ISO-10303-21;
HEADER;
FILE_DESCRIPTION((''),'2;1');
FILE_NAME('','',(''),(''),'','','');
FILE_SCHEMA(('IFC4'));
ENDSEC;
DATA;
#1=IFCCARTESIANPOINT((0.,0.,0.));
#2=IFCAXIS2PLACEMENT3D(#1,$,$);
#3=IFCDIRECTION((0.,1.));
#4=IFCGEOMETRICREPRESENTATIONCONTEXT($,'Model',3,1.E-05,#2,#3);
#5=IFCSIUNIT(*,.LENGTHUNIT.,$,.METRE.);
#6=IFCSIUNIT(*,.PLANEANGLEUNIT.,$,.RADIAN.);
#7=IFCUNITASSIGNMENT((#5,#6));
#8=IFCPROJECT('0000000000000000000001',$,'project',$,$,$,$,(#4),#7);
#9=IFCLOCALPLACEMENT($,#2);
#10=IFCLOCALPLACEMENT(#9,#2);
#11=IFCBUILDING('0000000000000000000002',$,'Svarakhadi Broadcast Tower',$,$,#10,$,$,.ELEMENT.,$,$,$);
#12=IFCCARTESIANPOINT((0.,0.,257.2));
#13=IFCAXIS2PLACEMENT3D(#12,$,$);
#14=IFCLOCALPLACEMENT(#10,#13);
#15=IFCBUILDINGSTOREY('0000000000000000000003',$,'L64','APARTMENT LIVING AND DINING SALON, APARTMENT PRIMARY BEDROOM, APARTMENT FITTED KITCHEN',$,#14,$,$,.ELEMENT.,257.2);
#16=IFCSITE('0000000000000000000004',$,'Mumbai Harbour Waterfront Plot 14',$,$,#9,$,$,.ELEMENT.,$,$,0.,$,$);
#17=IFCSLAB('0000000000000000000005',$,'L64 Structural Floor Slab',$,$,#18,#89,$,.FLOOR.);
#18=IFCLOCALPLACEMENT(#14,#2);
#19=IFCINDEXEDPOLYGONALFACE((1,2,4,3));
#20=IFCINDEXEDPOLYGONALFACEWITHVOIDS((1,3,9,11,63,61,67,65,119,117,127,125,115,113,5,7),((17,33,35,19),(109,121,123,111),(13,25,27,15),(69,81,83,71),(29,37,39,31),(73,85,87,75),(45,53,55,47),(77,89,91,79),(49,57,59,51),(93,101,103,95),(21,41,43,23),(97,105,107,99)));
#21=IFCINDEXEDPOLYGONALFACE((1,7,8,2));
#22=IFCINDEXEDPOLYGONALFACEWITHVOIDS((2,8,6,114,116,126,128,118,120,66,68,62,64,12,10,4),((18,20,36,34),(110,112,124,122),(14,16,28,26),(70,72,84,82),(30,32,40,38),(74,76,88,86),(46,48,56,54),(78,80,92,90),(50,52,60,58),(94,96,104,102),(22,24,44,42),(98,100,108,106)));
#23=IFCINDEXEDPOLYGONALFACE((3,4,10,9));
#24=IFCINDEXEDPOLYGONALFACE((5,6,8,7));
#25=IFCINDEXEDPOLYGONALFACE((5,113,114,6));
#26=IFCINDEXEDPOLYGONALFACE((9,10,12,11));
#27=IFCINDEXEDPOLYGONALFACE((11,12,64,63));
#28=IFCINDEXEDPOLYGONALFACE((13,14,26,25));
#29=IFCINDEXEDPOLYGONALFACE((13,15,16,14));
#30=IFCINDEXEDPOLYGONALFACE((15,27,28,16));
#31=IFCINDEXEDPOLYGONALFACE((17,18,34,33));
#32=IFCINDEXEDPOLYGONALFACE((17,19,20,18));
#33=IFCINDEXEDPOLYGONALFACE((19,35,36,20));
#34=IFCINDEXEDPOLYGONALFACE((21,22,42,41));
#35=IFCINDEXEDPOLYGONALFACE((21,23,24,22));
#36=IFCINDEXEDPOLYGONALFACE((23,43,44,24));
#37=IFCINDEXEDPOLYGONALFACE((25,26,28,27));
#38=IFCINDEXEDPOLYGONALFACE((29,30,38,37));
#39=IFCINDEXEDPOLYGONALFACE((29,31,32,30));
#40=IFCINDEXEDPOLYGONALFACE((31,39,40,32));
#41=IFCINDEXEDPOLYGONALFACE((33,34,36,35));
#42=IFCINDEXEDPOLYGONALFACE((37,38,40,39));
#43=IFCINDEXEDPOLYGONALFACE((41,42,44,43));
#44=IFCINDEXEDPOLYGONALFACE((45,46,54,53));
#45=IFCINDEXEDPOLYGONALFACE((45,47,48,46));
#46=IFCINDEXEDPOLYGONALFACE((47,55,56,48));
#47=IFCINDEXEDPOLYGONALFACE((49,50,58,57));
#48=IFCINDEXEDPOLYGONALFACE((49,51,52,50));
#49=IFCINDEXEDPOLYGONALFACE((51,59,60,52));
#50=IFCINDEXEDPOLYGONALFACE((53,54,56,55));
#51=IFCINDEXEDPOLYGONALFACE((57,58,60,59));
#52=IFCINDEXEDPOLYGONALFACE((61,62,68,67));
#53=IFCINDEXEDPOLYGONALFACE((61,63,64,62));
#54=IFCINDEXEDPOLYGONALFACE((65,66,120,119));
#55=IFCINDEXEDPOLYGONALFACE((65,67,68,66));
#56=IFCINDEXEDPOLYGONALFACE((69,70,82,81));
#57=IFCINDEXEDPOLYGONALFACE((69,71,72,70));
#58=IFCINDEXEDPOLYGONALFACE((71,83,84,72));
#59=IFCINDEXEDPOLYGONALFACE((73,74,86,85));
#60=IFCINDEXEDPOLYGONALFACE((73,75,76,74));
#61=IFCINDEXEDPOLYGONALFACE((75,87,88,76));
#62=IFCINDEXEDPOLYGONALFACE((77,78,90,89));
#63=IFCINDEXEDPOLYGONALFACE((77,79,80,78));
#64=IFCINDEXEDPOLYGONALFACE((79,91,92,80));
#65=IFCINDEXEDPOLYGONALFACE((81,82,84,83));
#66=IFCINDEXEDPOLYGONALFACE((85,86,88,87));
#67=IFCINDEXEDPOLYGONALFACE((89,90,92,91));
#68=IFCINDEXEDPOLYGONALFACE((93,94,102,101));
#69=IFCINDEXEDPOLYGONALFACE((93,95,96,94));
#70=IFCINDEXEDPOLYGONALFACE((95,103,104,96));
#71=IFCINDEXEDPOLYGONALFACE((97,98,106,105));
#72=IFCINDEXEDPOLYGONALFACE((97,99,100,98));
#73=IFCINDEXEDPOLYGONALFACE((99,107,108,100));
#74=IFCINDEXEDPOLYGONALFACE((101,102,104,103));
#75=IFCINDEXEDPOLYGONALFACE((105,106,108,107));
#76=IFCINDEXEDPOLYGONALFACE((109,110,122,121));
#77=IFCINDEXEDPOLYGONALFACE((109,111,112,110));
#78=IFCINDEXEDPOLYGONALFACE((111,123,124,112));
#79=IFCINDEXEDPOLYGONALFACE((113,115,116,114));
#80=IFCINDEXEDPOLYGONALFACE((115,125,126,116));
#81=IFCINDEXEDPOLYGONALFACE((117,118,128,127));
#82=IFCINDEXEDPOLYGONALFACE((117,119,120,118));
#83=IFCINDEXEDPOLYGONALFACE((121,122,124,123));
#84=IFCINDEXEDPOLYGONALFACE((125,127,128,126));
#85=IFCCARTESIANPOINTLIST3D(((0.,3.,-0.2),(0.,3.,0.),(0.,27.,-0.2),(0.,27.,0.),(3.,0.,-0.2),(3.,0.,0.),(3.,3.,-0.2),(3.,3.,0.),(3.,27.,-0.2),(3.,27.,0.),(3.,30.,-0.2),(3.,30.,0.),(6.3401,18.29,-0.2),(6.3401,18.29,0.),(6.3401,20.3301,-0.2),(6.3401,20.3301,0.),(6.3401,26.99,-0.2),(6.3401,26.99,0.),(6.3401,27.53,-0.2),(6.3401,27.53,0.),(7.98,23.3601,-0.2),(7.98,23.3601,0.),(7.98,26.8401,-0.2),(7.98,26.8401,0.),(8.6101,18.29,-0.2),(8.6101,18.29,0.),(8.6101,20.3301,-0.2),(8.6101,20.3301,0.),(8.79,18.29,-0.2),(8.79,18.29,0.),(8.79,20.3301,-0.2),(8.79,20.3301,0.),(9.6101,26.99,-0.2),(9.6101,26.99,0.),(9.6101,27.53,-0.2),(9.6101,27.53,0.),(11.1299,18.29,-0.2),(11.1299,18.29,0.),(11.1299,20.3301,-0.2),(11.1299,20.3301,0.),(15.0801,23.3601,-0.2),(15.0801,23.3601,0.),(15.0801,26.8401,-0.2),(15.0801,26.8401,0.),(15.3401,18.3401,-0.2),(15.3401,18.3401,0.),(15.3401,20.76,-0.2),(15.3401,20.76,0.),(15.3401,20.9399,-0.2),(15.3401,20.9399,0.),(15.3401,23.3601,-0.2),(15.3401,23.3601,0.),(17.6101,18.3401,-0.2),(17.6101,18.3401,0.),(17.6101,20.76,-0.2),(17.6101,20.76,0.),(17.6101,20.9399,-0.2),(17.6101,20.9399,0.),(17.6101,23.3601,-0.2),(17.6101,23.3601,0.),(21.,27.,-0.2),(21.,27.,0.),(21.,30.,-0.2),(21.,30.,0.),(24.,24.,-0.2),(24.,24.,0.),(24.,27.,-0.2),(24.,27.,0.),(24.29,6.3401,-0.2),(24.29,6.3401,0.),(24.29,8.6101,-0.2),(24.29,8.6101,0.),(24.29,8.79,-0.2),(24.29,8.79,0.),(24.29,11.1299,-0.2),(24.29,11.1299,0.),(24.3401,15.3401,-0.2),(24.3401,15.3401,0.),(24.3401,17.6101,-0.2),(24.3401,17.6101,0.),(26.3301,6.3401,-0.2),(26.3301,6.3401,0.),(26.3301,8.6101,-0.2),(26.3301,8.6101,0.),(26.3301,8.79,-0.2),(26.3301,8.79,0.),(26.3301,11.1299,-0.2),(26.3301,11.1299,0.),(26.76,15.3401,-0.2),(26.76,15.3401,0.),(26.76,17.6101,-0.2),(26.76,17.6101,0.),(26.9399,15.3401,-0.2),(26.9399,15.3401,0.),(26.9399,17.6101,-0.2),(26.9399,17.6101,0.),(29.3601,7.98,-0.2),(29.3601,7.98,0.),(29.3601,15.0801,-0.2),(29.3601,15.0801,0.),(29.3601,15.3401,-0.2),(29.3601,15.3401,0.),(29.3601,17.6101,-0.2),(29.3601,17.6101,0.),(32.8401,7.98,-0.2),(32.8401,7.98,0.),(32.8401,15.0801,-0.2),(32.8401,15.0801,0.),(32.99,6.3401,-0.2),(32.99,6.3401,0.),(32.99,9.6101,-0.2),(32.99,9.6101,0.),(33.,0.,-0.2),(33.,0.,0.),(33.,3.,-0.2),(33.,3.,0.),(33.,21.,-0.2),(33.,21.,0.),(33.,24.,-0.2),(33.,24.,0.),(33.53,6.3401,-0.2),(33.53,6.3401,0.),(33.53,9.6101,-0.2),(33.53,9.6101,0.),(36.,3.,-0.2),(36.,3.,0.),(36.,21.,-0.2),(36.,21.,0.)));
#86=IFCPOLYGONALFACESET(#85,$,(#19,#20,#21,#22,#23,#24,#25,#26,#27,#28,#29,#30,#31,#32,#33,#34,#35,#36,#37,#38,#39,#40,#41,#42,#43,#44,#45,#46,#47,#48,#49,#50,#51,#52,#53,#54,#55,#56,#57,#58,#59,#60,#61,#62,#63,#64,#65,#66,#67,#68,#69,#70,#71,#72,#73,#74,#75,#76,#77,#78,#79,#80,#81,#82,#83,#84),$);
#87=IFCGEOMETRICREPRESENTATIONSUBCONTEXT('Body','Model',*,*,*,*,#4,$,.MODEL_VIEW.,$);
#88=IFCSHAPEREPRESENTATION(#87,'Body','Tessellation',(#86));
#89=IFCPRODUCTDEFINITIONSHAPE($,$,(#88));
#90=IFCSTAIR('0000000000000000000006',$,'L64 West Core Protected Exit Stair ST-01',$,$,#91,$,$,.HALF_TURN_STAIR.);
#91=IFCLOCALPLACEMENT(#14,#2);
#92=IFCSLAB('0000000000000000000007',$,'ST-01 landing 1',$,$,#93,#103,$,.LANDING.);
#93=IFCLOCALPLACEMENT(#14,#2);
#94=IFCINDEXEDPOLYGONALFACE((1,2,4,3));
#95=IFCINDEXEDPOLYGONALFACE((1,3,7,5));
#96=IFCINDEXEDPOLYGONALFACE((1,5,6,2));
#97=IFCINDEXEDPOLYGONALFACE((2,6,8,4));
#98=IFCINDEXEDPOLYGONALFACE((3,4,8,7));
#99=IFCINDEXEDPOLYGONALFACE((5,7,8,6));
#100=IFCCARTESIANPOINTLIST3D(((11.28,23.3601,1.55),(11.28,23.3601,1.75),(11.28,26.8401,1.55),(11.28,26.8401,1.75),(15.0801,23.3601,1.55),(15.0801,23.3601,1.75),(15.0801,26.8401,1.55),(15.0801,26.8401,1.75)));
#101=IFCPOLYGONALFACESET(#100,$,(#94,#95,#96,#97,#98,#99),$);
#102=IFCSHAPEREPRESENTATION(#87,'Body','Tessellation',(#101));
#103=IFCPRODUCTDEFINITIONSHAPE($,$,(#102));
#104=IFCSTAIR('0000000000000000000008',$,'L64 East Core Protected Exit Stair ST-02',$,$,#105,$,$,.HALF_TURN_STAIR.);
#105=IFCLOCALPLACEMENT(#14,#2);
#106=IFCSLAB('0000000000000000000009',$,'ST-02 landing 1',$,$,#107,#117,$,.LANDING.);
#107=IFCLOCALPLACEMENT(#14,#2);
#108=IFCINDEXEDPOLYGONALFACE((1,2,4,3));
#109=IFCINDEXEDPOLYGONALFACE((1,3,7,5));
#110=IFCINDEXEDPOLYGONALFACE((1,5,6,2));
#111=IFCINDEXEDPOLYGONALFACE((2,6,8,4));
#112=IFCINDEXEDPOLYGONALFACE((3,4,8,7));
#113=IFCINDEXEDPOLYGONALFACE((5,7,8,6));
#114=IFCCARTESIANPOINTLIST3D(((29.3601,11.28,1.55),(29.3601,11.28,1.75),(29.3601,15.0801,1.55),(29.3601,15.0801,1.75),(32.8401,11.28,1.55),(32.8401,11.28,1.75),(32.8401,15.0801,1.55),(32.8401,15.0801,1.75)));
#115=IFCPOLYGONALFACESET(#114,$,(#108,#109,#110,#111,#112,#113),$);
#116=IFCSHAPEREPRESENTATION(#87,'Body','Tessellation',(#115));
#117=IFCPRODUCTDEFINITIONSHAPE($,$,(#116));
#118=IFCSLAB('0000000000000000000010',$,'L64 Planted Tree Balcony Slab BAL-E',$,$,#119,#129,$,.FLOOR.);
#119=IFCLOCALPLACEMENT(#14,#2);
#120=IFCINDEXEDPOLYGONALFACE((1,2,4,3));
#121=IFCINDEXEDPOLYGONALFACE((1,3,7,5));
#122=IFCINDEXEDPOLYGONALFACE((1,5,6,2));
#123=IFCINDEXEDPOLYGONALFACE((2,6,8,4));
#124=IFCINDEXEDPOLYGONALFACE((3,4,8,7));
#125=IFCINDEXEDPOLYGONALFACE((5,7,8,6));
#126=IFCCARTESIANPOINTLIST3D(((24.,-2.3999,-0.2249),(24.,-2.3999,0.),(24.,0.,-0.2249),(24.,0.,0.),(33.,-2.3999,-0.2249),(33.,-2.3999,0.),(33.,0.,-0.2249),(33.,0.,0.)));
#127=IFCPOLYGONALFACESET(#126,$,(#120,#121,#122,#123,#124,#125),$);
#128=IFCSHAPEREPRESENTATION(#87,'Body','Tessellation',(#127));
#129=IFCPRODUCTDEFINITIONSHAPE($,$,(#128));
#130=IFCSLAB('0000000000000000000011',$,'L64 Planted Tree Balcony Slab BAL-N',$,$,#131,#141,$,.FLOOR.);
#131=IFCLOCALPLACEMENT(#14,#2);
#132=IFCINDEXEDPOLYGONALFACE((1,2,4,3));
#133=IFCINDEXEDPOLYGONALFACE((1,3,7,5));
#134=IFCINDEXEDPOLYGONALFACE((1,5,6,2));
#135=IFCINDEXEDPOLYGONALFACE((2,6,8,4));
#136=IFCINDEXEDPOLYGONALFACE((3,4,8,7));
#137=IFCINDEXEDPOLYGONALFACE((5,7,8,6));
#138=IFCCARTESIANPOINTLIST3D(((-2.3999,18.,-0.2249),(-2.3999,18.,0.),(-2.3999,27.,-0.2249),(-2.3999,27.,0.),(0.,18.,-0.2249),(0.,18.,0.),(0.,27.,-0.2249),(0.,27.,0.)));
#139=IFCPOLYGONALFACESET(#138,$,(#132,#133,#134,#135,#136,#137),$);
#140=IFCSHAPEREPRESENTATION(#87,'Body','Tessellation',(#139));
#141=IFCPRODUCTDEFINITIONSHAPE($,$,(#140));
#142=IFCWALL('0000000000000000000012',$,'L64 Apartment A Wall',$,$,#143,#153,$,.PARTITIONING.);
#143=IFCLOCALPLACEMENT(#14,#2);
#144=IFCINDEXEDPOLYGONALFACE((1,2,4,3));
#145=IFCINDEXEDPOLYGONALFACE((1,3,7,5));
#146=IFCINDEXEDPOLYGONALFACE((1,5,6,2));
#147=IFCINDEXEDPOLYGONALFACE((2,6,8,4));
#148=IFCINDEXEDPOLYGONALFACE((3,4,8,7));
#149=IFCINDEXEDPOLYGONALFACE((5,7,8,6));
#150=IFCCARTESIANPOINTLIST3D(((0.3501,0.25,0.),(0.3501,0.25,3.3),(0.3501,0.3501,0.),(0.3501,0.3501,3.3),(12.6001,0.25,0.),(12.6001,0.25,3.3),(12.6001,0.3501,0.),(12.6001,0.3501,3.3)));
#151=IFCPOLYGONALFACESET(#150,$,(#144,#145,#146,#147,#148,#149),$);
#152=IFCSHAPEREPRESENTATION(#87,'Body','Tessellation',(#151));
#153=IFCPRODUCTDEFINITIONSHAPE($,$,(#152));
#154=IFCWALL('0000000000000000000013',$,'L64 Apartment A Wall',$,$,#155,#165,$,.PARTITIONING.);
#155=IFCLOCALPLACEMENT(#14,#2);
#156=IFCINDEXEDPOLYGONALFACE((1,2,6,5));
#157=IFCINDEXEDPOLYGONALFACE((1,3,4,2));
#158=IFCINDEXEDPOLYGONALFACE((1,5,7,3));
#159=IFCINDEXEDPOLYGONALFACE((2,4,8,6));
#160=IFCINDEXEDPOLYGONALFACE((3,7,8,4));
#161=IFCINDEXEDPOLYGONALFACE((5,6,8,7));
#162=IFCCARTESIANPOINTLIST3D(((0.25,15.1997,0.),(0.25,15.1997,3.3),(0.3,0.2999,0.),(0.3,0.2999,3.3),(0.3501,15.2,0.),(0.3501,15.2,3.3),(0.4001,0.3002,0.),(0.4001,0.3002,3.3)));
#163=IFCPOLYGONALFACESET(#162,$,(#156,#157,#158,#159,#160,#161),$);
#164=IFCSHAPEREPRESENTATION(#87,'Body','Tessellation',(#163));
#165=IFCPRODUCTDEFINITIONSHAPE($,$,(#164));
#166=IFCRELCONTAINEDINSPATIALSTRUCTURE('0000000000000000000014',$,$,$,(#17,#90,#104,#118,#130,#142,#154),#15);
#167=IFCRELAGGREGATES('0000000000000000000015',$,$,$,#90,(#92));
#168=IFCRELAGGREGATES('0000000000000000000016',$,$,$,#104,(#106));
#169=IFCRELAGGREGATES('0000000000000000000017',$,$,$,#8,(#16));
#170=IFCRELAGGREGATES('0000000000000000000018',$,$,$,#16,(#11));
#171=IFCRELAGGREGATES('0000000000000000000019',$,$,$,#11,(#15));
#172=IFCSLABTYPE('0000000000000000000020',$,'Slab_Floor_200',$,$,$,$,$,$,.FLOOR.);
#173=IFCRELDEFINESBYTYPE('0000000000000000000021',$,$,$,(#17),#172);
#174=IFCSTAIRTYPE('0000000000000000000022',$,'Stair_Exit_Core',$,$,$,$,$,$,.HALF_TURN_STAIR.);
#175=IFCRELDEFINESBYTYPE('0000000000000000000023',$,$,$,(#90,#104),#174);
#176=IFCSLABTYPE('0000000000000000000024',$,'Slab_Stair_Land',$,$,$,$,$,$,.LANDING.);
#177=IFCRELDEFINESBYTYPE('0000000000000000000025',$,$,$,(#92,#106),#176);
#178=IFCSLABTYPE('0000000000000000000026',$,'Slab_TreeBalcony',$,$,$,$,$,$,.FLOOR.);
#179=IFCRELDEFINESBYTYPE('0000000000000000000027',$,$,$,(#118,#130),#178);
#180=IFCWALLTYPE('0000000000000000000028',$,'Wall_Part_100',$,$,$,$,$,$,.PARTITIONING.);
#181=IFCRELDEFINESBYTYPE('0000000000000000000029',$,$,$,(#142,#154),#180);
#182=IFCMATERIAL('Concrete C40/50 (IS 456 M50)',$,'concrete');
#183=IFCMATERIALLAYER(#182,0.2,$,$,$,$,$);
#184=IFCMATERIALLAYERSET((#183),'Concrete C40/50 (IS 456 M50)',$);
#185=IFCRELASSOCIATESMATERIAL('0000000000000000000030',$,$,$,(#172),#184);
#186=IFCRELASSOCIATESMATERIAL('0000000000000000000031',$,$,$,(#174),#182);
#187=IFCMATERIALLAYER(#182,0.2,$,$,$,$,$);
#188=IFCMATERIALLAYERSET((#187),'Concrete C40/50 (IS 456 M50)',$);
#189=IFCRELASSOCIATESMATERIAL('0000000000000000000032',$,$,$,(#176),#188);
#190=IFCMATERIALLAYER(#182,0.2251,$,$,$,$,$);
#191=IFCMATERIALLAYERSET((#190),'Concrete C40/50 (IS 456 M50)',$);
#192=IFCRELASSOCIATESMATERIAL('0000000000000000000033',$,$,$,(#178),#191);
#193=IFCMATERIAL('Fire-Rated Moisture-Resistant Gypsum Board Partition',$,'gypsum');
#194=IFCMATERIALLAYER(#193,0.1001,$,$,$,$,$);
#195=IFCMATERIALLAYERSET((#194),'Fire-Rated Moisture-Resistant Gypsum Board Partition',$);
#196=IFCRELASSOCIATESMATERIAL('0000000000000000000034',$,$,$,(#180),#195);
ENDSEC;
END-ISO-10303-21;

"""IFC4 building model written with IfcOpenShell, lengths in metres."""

from ifc_helpers import new_model, si_unit, direction, frame, frame_2d, origin, place, context, subcontext, project, spatial, polyline, rectangle, outline, extrude, material, layer, layer_set, type_object, element, aggregate, save


model = new_model("IFC4")

# Units and contexts
model_context = context("Model", 3, precision=1e-05, world=origin(), true_north=direction((0.0, 1.0)))
body_context = subcontext(model_context, "Body", "Model", "MODEL_VIEW")
ifc_project = project(units=[si_unit("LENGTHUNIT", "METRE"), si_unit("PLANEANGLEUNIT", "RADIAN")], contexts=[model_context])

# Site, building, storey
site_placement = place(None, origin())
site = spatial("IfcSite", under=ifc_project, at=site_placement, Name="Mumbai Harbour Waterfront Plot 14", CompositionType="ELEMENT", RefElevation=0.0)
building_placement = place(site_placement, origin())
building = spatial("IfcBuilding", under=site, at=building_placement, Name="Svarakhadi Broadcast Tower", CompositionType="ELEMENT")
storey_placement = place(building_placement, frame((0.0, 0.0, 257.2)))
storey = spatial("IfcBuildingStorey", under=building, at=storey_placement, Name="L64", Description="APARTMENT LIVING AND DINING SALON, APARTMENT PRIMARY BEDROOM, APARTMENT FITTED KITCHEN", CompositionType="ELEMENT", Elevation=257.2)

# Slab
ifc_material_1 = material(Name="Concrete C40/50 (IS 456 M50)", Category="concrete")
ifc_layer_1 = layer(ifc_material_1, 0.2)
ifc_layer_set_1 = layer_set([ifc_layer_1], Name="Concrete C40/50 (IS 456 M50)")
slab_type_1 = type_object("IfcSlabType", Name="Slab_Floor_200", PredefinedType="FLOOR", material=ifc_layer_set_1)
slab_1_placement = place(storey_placement, frame((0.0, 0.0, -0.2)))
element("IfcSlab", 1, at=slab_1_placement, inside=storey, type_object=slab_type_1, Name="L64 Structural Floor Slab", PredefinedType="FLOOR", context=body_context, shape_type="SweptSolid", body=[
    extrude(outline(polyline([(3.0, 0.0), (33.0, 0.0), (33.0, 3.0), (36.0, 3.0), (36.0, 21.0), (33.0, 21.0), (33.0, 24.0), (24.0, 24.0), (24.0, 27.0), (21.0, 27.0), (21.0, 30.0), (3.0, 30.0), (3.0, 27.0), (0.0, 27.0), (0.0, 3.0), (3.0, 3.0), (3.0, 0.0)]), holes=[polyline([(7.98, 23.3601), (15.0801, 23.3601), (15.0801, 26.8401), (7.98, 26.8401), (7.98, 23.3601)]), polyline([(32.8401, 7.98), (32.8401, 15.0801), (29.3601, 15.0801), (29.3601, 7.98), (32.8401, 7.98)]), polyline([(6.3401, 18.29), (8.6101, 18.29), (8.6101, 20.3301), (6.3401, 20.3301), (6.3401, 18.29)]), polyline([(8.79, 18.29), (11.1299, 18.29), (11.1299, 20.3301), (8.79, 20.3301), (8.79, 18.29)]), polyline([(24.29, 6.3401), (26.3301, 6.3401), (26.3301, 8.6101), (24.29, 8.6101), (24.29, 6.3401)]), polyline([(24.29, 8.79), (26.3301, 8.79), (26.3301, 11.1299), (24.29, 11.1299), (24.29, 8.79)]), polyline([(6.3401, 26.99), (9.6101, 26.99), (9.6101, 27.53), (6.3401, 27.53), (6.3401, 26.99)]), polyline([(32.99, 6.3401), (33.53, 6.3401), (33.53, 9.6101), (32.99, 9.6101), (32.99, 6.3401)]), polyline([(15.3401, 18.3401), (17.6101, 18.3401), (17.6101, 20.76), (15.3401, 20.76), (15.3401, 18.3401)]), polyline([(15.3401, 20.9399), (17.6101, 20.9399), (17.6101, 23.3601), (15.3401, 23.3601), (15.3401, 20.9399)]), polyline([(24.3401, 15.3401), (26.76, 15.3401), (26.76, 17.6101), (24.3401, 17.6101), (24.3401, 15.3401)]), polyline([(26.9399, 15.3401), (29.3601, 15.3401), (29.3601, 17.6101), (26.9399, 17.6101), (26.9399, 15.3401)])]), origin(), (0.0, 0.0, 1.0), 0.2),
])

# Stairs, slabs
stair_type = type_object("IfcStairType", Name="Stair_Exit_Core", PredefinedType="HALF_TURN_STAIR", material=ifc_material_1)
stair_1_placement = place(storey_placement, origin())
stair_1 = element("IfcStair", 2, at=stair_1_placement, inside=storey, type_object=stair_type, Name="L64 West Core Protected Exit Stair ST-01", PredefinedType="HALF_TURN_STAIR")
ifc_layer_2 = layer(ifc_material_1, 0.2)
ifc_layer_set_2 = layer_set([ifc_layer_2], Name="Concrete C40/50 (IS 456 M50)")
slab_type_2 = type_object("IfcSlabType", Name="Slab_Stair_Land", PredefinedType="LANDING", material=ifc_layer_set_2)
slab_2_placement = place(storey_placement, frame((0.0, 0.0, 1.55)))
slab_2 = element("IfcSlab", 3, at=slab_2_placement, type_object=slab_type_2, Name="ST-01 landing 1", PredefinedType="LANDING", context=body_context, shape_type="SweptSolid", body=[
    extrude(outline(polyline([(11.28, 23.3601), (15.0801, 23.3601), (15.0801, 26.8401), (11.28, 26.8401), (11.28, 23.3601)])), origin(), (0.0, 0.0, 1.0), 0.2),
])
aggregate(stair_1, [slab_2])
stair_2_placement = place(storey_placement, origin())
stair_2 = element("IfcStair", 4, at=stair_2_placement, inside=storey, type_object=stair_type, Name="L64 East Core Protected Exit Stair ST-02", PredefinedType="HALF_TURN_STAIR")
slab_3_placement = place(storey_placement, frame((0.0, 0.0, 1.55)))
slab_3 = element("IfcSlab", 5, at=slab_3_placement, type_object=slab_type_2, Name="ST-02 landing 1", PredefinedType="LANDING", context=body_context, shape_type="SweptSolid", body=[
    extrude(outline(polyline([(32.8401, 11.28), (32.8401, 15.0801), (29.3601, 15.0801), (29.3601, 11.28), (32.8401, 11.28)])), origin(), (0.0, 0.0, 1.0), 0.2),
])
aggregate(stair_2, [slab_3])

# Slabs
ifc_layer_3 = layer(ifc_material_1, 0.2251)
ifc_layer_set_3 = layer_set([ifc_layer_3], Name="Concrete C40/50 (IS 456 M50)")
slab_type_3 = type_object("IfcSlabType", Name="Slab_TreeBalcony", PredefinedType="FLOOR", material=ifc_layer_set_3)
slab_4_placement = place(storey_placement, frame((0.0, 0.0, -0.2249)))
element("IfcSlab", 6, at=slab_4_placement, inside=storey, type_object=slab_type_3, Name="L64 Planted Tree Balcony Slab BAL-E", PredefinedType="FLOOR", context=body_context, shape_type="SweptSolid", body=[
    extrude(outline(polyline([(24.0, -2.3999), (33.0, -2.3999), (33.0, 0.0), (24.0, 0.0), (24.0, -2.3999)])), origin(), (0.0, 0.0, 1.0), 0.2249),
])
slab_5_placement = place(storey_placement, frame((0.0, 0.0, -0.2249)))
element("IfcSlab", 7, at=slab_5_placement, inside=storey, type_object=slab_type_3, Name="L64 Planted Tree Balcony Slab BAL-N", PredefinedType="FLOOR", context=body_context, shape_type="SweptSolid", body=[
    extrude(outline(polyline([(-2.3999, 18.0), (0.0, 18.0), (0.0, 27.0), (-2.3999, 27.0), (-2.3999, 18.0)])), origin(), (0.0, 0.0, 1.0), 0.2249),
])

# Walls
ifc_material_2 = material(Name="Fire-Rated Moisture-Resistant Gypsum Board Partition", Category="gypsum")
ifc_layer_4 = layer(ifc_material_2, 0.1001)
ifc_layer_set_4 = layer_set([ifc_layer_4], Name="Fire-Rated Moisture-Resistant Gypsum Board Partition")
wall_type = type_object("IfcWallType", Name="Wall_Part_100", PredefinedType="PARTITIONING", material=ifc_layer_set_4)
wall_1_placement = place(storey_placement, frame((0.3501, 0.3, 0.0), z_axis=(0.0, 0.0, 1.0), x_axis=(1.0, 0.0, 0.0)))
element("IfcWall", 8, at=wall_1_placement, inside=storey, type_object=wall_type, Name="L64 Apartment A Wall", PredefinedType="PARTITIONING", context=body_context, shape_type="SweptSolid", body=[
    extrude(rectangle(XDim=12.25, YDim=0.1001, at=frame_2d((6.125, 0.0))), origin(), (0.0, 0.0, 1.0), 3.3),
])
wall_2_placement = place(storey_placement, frame((0.3501, 0.3, 0.0), z_axis=(0.0, 0.0, 1.0), x_axis=(-0.003359, 0.999994, 0.0)))
element("IfcWall", 9, at=wall_2_placement, inside=storey, type_object=wall_type, Name="L64 Apartment A Wall", PredefinedType="PARTITIONING", context=body_context, shape_type="SweptSolid", body=[
    extrude(rectangle(XDim=14.8999, YDim=0.1001, at=frame_2d((7.45, 0.0))), origin(), (0.0, 0.0, 1.0), 3.3),
])

save(model, "model.ifc")
